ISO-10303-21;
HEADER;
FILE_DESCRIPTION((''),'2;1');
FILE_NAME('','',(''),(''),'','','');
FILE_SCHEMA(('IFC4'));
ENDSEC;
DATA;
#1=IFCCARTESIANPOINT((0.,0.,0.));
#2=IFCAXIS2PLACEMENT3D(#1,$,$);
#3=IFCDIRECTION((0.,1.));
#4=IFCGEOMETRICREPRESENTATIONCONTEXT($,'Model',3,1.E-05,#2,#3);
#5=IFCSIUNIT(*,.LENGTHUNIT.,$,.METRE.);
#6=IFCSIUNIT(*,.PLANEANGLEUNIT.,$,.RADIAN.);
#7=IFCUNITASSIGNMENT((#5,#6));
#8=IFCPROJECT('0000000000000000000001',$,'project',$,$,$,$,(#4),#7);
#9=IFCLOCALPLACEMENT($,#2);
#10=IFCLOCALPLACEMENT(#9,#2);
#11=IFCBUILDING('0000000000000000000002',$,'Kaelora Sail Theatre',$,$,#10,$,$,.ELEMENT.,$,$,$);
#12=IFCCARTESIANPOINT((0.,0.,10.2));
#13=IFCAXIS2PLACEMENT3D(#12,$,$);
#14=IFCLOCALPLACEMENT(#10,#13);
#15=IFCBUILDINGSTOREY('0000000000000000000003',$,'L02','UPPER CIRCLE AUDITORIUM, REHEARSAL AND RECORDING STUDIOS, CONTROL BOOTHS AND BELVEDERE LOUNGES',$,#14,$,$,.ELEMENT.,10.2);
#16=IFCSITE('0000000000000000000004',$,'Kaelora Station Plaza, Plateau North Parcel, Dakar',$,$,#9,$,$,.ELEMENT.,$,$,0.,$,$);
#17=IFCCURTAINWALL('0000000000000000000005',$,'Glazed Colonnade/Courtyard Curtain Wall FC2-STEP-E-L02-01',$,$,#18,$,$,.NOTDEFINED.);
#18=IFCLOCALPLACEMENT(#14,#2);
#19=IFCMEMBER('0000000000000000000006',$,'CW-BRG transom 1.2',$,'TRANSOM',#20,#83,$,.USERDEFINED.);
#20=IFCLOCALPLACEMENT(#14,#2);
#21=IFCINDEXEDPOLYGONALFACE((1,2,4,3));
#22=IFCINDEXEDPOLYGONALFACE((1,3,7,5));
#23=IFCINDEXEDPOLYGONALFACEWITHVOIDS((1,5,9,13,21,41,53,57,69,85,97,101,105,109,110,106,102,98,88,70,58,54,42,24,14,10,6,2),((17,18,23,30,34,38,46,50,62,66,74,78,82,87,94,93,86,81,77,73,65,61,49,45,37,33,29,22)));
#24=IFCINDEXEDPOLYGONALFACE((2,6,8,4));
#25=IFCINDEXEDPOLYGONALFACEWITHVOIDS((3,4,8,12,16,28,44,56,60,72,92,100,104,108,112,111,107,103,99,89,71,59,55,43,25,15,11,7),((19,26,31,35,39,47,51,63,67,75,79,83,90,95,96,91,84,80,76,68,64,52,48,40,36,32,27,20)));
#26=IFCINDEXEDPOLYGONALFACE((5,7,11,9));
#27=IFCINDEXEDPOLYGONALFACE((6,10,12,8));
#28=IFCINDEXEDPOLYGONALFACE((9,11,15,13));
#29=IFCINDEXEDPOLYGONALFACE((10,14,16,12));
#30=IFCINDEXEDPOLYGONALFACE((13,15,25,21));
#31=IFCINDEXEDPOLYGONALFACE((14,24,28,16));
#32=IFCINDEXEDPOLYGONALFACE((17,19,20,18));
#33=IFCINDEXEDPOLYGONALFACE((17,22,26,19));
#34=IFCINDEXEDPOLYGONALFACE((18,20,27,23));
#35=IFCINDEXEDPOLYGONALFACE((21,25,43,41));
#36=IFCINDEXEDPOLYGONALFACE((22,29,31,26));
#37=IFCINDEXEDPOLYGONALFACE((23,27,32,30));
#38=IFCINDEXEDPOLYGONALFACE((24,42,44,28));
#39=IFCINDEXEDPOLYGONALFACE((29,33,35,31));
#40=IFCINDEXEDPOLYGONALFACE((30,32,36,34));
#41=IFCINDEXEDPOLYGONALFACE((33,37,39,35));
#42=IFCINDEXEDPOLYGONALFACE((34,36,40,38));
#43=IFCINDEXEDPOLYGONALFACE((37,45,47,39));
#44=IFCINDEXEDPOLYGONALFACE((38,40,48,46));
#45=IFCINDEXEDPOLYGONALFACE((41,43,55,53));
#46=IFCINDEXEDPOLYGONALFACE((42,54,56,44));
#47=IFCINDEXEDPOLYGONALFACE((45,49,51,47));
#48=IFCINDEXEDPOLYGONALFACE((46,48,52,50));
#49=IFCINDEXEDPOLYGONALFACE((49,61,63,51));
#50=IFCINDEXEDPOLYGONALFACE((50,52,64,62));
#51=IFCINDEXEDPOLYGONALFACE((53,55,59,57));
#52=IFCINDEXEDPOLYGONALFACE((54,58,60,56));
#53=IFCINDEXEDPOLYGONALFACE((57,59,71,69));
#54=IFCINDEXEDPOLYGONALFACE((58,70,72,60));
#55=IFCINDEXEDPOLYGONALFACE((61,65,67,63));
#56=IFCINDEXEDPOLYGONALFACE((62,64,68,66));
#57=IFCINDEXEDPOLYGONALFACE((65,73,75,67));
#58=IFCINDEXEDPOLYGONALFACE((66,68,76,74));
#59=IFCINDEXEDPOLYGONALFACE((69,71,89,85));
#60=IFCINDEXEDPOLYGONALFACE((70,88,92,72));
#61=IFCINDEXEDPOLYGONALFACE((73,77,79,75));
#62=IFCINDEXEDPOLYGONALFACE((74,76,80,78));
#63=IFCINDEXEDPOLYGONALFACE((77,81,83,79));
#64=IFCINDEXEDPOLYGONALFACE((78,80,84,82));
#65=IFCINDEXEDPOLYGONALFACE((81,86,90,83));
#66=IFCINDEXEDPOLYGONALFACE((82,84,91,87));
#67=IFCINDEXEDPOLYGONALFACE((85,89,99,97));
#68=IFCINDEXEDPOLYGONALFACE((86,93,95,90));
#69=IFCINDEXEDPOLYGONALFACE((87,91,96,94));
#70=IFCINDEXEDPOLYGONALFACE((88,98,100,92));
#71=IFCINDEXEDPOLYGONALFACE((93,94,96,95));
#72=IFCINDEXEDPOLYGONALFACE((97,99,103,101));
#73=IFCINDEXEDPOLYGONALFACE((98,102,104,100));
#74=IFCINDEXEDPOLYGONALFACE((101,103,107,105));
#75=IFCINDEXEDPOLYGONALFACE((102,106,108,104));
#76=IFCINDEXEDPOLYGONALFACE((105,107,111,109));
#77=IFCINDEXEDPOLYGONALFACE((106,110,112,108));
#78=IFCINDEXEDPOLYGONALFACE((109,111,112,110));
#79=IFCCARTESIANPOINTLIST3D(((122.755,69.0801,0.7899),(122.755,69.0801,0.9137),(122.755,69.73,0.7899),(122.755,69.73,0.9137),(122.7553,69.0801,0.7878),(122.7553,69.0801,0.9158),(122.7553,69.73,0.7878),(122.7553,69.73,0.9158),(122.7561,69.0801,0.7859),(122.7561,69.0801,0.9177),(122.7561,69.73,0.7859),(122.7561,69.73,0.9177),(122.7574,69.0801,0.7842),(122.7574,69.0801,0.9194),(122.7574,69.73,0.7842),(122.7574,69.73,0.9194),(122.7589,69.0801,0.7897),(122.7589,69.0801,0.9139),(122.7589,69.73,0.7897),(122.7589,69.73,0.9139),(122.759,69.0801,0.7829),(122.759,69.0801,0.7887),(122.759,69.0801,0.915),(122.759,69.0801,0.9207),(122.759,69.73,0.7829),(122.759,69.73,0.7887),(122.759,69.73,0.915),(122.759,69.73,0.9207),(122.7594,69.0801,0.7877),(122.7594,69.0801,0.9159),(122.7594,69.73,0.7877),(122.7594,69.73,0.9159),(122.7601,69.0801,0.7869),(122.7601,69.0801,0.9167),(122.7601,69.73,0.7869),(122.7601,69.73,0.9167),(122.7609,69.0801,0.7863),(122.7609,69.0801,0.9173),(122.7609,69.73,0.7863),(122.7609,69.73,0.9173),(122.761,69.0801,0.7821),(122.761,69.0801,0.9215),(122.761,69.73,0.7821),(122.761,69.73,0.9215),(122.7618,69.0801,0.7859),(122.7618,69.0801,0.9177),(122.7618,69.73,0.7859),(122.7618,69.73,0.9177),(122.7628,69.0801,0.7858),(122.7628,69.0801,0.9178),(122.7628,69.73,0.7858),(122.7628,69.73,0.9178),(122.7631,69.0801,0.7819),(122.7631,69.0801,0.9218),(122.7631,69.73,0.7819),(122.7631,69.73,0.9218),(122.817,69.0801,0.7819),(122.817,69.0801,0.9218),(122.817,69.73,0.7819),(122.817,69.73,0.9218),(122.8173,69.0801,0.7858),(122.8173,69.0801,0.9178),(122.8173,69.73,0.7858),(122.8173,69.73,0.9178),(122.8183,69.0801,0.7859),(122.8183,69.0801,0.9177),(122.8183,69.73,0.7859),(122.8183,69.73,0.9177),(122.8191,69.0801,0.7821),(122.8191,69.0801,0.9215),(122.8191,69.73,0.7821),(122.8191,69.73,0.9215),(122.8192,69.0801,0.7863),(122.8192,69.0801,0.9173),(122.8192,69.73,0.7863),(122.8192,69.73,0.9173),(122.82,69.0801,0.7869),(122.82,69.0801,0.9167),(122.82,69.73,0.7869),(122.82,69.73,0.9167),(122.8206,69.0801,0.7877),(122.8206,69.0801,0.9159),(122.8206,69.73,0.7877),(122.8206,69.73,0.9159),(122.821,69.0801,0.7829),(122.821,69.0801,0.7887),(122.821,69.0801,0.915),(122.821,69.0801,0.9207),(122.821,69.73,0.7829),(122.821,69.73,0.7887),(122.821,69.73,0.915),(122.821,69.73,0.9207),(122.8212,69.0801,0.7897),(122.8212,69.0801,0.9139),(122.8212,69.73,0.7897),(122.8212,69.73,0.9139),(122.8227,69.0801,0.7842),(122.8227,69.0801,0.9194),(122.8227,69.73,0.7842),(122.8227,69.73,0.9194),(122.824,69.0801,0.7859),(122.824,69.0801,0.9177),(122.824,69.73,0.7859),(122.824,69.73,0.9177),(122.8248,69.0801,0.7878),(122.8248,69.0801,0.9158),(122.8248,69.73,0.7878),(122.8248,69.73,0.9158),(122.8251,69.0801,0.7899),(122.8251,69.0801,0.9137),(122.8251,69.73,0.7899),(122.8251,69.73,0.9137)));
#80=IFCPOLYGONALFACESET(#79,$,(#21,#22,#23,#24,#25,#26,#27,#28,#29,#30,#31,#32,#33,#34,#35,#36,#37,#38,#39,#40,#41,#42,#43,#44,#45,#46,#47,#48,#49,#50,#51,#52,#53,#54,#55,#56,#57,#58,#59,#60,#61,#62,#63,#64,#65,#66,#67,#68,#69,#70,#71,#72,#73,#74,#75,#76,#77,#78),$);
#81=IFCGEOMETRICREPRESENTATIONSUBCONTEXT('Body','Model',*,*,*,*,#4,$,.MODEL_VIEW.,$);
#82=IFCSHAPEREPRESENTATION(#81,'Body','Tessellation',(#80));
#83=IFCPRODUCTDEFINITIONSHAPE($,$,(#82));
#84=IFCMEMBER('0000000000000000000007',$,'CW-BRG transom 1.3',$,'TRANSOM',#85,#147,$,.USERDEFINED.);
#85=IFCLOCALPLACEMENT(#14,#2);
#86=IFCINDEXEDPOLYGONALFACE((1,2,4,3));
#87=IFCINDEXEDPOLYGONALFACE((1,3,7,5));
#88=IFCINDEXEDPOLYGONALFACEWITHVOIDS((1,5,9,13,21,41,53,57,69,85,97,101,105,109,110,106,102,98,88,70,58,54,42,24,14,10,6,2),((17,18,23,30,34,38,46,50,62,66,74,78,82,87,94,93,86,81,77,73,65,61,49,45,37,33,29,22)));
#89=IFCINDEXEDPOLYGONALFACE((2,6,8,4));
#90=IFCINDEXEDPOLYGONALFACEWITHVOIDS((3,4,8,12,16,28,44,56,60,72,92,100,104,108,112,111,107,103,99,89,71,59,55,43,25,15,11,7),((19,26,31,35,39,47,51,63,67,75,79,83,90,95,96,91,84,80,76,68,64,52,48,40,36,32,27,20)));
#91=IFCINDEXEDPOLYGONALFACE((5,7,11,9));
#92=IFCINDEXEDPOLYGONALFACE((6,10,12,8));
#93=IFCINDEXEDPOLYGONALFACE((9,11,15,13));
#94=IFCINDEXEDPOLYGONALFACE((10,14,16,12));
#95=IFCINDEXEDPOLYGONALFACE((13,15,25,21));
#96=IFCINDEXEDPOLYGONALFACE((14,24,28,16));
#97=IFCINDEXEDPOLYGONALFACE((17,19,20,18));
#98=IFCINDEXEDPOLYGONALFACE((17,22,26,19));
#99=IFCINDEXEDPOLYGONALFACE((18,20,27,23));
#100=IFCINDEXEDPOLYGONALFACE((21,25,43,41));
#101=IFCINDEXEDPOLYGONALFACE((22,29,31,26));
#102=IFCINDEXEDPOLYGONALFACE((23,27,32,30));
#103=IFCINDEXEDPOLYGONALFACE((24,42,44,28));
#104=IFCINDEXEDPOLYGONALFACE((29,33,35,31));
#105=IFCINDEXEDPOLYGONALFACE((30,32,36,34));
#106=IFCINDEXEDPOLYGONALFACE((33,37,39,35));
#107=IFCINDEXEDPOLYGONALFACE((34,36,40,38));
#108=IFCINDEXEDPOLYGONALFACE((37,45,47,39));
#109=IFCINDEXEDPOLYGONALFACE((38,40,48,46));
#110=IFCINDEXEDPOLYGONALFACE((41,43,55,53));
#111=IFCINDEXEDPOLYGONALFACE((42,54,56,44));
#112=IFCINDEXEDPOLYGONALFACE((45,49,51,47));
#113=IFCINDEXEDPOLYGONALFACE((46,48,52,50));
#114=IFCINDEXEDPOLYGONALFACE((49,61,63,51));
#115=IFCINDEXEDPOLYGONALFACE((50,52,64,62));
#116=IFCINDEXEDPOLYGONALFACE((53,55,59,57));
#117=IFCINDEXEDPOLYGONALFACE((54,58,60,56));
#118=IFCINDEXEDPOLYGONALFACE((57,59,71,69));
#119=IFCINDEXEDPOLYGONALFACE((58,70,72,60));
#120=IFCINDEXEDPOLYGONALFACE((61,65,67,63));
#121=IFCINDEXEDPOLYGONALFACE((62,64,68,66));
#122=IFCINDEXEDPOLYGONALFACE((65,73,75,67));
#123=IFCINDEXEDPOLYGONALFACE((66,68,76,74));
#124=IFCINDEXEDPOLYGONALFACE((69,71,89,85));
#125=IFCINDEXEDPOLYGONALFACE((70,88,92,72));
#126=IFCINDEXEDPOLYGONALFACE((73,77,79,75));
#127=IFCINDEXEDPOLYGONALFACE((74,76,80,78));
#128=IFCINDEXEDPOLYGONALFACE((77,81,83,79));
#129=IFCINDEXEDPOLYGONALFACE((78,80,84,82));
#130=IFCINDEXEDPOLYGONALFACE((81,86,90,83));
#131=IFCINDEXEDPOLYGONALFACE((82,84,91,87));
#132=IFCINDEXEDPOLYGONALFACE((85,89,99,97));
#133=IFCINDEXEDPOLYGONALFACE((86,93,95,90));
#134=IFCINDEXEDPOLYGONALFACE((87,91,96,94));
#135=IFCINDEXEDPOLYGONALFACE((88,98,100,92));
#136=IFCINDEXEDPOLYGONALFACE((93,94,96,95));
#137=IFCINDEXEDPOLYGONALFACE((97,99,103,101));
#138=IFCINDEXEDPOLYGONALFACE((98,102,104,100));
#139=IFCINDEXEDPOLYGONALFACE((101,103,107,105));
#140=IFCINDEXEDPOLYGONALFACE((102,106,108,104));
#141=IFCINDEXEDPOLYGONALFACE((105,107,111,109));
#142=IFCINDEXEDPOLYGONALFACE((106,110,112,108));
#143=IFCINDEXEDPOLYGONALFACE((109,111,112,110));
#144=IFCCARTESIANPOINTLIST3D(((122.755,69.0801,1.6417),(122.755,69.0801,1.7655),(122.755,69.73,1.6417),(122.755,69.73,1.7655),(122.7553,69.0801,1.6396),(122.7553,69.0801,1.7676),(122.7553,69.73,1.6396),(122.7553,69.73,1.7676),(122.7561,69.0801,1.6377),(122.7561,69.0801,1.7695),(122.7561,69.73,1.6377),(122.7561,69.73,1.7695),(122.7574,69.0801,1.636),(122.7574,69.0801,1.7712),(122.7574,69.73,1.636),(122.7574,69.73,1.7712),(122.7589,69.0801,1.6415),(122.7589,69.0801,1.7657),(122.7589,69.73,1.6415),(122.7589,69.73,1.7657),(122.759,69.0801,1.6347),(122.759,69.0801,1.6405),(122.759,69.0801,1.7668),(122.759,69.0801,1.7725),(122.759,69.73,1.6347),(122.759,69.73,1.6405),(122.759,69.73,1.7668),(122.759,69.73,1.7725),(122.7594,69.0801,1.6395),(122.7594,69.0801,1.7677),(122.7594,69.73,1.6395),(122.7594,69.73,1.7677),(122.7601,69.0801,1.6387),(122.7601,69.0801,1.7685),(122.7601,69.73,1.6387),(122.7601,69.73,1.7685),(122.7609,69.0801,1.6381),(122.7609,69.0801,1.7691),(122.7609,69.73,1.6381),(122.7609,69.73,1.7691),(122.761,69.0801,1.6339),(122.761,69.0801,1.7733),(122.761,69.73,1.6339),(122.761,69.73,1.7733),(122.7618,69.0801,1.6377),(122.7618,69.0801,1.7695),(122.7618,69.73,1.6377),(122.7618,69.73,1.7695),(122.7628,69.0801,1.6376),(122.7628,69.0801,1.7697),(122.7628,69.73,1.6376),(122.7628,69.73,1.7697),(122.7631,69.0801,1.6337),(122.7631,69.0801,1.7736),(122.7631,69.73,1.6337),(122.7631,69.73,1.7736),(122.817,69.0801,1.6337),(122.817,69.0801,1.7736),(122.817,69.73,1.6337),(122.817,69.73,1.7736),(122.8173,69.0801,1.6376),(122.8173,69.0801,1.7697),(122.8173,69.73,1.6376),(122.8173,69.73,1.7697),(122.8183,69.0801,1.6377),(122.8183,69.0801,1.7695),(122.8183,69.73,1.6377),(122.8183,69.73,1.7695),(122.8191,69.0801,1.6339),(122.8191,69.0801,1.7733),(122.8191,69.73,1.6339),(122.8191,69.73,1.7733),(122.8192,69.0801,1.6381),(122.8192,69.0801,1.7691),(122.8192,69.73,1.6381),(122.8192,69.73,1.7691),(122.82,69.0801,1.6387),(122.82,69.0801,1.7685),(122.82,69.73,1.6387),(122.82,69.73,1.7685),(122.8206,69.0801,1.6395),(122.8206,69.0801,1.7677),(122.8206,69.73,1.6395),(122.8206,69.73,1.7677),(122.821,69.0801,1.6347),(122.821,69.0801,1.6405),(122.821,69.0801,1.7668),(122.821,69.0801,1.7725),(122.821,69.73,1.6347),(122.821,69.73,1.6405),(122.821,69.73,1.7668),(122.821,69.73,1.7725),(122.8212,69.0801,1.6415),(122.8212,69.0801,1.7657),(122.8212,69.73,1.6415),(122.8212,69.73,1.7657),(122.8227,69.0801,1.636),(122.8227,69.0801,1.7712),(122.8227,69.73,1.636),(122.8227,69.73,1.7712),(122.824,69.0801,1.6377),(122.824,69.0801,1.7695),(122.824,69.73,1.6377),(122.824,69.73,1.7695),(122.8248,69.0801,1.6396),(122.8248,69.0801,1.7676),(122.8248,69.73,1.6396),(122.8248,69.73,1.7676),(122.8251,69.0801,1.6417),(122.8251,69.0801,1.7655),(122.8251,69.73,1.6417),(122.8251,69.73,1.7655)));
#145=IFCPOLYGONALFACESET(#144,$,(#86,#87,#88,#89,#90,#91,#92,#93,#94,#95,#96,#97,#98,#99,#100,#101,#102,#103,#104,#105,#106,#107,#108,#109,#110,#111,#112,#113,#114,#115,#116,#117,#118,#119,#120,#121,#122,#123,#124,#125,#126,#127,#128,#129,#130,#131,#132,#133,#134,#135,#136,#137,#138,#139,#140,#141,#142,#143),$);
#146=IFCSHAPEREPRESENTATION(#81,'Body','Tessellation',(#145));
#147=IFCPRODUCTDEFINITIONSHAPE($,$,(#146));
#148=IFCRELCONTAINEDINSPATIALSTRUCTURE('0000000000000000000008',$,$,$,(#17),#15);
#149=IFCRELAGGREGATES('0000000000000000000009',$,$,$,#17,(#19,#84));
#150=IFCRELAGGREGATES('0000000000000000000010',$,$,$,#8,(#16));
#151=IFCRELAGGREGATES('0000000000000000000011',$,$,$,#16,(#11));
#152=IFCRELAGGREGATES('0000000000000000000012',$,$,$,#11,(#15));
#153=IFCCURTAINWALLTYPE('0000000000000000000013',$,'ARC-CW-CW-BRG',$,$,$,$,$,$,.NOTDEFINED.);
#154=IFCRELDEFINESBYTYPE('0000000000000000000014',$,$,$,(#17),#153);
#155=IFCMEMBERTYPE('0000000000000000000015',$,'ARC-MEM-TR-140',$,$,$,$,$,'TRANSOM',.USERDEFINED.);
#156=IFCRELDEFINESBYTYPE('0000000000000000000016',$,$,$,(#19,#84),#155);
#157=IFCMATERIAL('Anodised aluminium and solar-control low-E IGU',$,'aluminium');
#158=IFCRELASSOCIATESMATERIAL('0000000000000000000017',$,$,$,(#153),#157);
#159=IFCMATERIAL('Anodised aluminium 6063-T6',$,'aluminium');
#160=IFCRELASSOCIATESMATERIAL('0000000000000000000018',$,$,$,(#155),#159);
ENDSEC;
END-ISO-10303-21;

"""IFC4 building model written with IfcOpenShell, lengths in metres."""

from ifc_helpers import new_model, si_unit, direction, frame, origin, origin_2d, place, context, subcontext, project, spatial, hollow_rectangle, extrude, material, material_profile, profile_set, type_object, element, aggregate, save


model = new_model("IFC4")

# Units and contexts
model_context = context("Model", 3, precision=1e-05, world=origin(), true_north=direction((0.0, 1.0)))
body_context = subcontext(model_context, "Body", "Model", "MODEL_VIEW")
ifc_project = project(units=[si_unit("LENGTHUNIT", "METRE"), si_unit("PLANEANGLEUNIT", "RADIAN")], contexts=[model_context])

# Site, building, storey
site_placement = place(None, origin())
site = spatial("IfcSite", under=ifc_project, at=site_placement, Name="Kaelora Station Plaza, Plateau North Parcel, Dakar", CompositionType="ELEMENT", RefElevation=0.0)
building_placement = place(site_placement, origin())
building = spatial("IfcBuilding", under=site, at=building_placement, Name="Kaelora Sail Theatre", CompositionType="ELEMENT")
storey_placement = place(building_placement, frame((0.0, 0.0, 10.2)))
storey = spatial("IfcBuildingStorey", under=building, at=storey_placement, Name="L02", Description="UPPER CIRCLE AUDITORIUM, REHEARSAL AND RECORDING STUDIOS, CONTROL BOOTHS AND BELVEDERE LOUNGES", CompositionType="ELEMENT", Elevation=10.2)

# Curtain wall
ifc_material_1 = material(Name="Anodised aluminium and solar-control low-E IGU", Category="aluminium")
curtain_wall_type = type_object("IfcCurtainWallType", Name="ARC-CW-CW-BRG", PredefinedType="NOTDEFINED", material=ifc_material_1)
curtain_wall_1_placement = place(storey_placement, origin())
curtain_wall_1 = element("IfcCurtainWall", 1, at=curtain_wall_1_placement, inside=storey, type_object=curtain_wall_type, Name="Glazed Colonnade/Courtyard Curtain Wall FC2-STEP-E-L02-01", PredefinedType="NOTDEFINED")

# Members
ifc_material_2 = material(Name="Anodised aluminium 6063-T6", Category="aluminium")
ifc_material_profile_1 = material_profile(ifc_material_2, hollow_rectangle(XDim=0.0701, YDim=0.1399, WallThickness=0.0039, InnerFilletRadius=0.0039, OuterFilletRadius=0.0081, at=origin_2d()), Name="ALU-TRAN 70x140x4")
ifc_profile_set_1 = profile_set([ifc_material_profile_1], Name="Anodised aluminium 6063-T6")
member_type_1 = type_object("IfcMemberType", Name="ARC-MEM-TR-140", ElementType="TRANSOM", PredefinedType="USERDEFINED", material=ifc_profile_set_1)
member_1_placement = place(storey_placement, frame((122.79, 69.0801, 0.8518), z_axis=(0.0, 1.0, 0.0), x_axis=(-1.0, 0.0, 0.0)))
member_1 = element("IfcMember", 2, at=member_1_placement, type_object=member_type_1, Name="CW-BRG transom 1.2", ObjectType="TRANSOM", PredefinedType="USERDEFINED", context=body_context, shape_type="SweptSolid", body=[
    extrude(hollow_rectangle(XDim=0.0701, YDim=0.1399, WallThickness=0.0039, InnerFilletRadius=0.0039, OuterFilletRadius=0.0081, at=origin_2d()), origin(), (0.0, 0.0, 1.0), 0.6499),
])
member_2_placement = place(storey_placement, frame((122.79, 69.0801, 1.7036), z_axis=(0.0, 1.0, 0.0), x_axis=(-1.0, 0.0, 0.0)))
member_2 = element("IfcMember", 3, at=member_2_placement, type_object=member_type_1, Name="CW-BRG transom 1.3", ObjectType="TRANSOM", PredefinedType="USERDEFINED", context=body_context, shape_type="SweptSolid", body=[
    extrude(hollow_rectangle(XDim=0.0701, YDim=0.1399, WallThickness=0.0039, InnerFilletRadius=0.0039, OuterFilletRadius=0.0081, at=origin_2d()), origin(), (0.0, 0.0, 1.0), 0.6499),
])

aggregate(curtain_wall_1, [member_1, member_2])

save(model, "model.ifc")
